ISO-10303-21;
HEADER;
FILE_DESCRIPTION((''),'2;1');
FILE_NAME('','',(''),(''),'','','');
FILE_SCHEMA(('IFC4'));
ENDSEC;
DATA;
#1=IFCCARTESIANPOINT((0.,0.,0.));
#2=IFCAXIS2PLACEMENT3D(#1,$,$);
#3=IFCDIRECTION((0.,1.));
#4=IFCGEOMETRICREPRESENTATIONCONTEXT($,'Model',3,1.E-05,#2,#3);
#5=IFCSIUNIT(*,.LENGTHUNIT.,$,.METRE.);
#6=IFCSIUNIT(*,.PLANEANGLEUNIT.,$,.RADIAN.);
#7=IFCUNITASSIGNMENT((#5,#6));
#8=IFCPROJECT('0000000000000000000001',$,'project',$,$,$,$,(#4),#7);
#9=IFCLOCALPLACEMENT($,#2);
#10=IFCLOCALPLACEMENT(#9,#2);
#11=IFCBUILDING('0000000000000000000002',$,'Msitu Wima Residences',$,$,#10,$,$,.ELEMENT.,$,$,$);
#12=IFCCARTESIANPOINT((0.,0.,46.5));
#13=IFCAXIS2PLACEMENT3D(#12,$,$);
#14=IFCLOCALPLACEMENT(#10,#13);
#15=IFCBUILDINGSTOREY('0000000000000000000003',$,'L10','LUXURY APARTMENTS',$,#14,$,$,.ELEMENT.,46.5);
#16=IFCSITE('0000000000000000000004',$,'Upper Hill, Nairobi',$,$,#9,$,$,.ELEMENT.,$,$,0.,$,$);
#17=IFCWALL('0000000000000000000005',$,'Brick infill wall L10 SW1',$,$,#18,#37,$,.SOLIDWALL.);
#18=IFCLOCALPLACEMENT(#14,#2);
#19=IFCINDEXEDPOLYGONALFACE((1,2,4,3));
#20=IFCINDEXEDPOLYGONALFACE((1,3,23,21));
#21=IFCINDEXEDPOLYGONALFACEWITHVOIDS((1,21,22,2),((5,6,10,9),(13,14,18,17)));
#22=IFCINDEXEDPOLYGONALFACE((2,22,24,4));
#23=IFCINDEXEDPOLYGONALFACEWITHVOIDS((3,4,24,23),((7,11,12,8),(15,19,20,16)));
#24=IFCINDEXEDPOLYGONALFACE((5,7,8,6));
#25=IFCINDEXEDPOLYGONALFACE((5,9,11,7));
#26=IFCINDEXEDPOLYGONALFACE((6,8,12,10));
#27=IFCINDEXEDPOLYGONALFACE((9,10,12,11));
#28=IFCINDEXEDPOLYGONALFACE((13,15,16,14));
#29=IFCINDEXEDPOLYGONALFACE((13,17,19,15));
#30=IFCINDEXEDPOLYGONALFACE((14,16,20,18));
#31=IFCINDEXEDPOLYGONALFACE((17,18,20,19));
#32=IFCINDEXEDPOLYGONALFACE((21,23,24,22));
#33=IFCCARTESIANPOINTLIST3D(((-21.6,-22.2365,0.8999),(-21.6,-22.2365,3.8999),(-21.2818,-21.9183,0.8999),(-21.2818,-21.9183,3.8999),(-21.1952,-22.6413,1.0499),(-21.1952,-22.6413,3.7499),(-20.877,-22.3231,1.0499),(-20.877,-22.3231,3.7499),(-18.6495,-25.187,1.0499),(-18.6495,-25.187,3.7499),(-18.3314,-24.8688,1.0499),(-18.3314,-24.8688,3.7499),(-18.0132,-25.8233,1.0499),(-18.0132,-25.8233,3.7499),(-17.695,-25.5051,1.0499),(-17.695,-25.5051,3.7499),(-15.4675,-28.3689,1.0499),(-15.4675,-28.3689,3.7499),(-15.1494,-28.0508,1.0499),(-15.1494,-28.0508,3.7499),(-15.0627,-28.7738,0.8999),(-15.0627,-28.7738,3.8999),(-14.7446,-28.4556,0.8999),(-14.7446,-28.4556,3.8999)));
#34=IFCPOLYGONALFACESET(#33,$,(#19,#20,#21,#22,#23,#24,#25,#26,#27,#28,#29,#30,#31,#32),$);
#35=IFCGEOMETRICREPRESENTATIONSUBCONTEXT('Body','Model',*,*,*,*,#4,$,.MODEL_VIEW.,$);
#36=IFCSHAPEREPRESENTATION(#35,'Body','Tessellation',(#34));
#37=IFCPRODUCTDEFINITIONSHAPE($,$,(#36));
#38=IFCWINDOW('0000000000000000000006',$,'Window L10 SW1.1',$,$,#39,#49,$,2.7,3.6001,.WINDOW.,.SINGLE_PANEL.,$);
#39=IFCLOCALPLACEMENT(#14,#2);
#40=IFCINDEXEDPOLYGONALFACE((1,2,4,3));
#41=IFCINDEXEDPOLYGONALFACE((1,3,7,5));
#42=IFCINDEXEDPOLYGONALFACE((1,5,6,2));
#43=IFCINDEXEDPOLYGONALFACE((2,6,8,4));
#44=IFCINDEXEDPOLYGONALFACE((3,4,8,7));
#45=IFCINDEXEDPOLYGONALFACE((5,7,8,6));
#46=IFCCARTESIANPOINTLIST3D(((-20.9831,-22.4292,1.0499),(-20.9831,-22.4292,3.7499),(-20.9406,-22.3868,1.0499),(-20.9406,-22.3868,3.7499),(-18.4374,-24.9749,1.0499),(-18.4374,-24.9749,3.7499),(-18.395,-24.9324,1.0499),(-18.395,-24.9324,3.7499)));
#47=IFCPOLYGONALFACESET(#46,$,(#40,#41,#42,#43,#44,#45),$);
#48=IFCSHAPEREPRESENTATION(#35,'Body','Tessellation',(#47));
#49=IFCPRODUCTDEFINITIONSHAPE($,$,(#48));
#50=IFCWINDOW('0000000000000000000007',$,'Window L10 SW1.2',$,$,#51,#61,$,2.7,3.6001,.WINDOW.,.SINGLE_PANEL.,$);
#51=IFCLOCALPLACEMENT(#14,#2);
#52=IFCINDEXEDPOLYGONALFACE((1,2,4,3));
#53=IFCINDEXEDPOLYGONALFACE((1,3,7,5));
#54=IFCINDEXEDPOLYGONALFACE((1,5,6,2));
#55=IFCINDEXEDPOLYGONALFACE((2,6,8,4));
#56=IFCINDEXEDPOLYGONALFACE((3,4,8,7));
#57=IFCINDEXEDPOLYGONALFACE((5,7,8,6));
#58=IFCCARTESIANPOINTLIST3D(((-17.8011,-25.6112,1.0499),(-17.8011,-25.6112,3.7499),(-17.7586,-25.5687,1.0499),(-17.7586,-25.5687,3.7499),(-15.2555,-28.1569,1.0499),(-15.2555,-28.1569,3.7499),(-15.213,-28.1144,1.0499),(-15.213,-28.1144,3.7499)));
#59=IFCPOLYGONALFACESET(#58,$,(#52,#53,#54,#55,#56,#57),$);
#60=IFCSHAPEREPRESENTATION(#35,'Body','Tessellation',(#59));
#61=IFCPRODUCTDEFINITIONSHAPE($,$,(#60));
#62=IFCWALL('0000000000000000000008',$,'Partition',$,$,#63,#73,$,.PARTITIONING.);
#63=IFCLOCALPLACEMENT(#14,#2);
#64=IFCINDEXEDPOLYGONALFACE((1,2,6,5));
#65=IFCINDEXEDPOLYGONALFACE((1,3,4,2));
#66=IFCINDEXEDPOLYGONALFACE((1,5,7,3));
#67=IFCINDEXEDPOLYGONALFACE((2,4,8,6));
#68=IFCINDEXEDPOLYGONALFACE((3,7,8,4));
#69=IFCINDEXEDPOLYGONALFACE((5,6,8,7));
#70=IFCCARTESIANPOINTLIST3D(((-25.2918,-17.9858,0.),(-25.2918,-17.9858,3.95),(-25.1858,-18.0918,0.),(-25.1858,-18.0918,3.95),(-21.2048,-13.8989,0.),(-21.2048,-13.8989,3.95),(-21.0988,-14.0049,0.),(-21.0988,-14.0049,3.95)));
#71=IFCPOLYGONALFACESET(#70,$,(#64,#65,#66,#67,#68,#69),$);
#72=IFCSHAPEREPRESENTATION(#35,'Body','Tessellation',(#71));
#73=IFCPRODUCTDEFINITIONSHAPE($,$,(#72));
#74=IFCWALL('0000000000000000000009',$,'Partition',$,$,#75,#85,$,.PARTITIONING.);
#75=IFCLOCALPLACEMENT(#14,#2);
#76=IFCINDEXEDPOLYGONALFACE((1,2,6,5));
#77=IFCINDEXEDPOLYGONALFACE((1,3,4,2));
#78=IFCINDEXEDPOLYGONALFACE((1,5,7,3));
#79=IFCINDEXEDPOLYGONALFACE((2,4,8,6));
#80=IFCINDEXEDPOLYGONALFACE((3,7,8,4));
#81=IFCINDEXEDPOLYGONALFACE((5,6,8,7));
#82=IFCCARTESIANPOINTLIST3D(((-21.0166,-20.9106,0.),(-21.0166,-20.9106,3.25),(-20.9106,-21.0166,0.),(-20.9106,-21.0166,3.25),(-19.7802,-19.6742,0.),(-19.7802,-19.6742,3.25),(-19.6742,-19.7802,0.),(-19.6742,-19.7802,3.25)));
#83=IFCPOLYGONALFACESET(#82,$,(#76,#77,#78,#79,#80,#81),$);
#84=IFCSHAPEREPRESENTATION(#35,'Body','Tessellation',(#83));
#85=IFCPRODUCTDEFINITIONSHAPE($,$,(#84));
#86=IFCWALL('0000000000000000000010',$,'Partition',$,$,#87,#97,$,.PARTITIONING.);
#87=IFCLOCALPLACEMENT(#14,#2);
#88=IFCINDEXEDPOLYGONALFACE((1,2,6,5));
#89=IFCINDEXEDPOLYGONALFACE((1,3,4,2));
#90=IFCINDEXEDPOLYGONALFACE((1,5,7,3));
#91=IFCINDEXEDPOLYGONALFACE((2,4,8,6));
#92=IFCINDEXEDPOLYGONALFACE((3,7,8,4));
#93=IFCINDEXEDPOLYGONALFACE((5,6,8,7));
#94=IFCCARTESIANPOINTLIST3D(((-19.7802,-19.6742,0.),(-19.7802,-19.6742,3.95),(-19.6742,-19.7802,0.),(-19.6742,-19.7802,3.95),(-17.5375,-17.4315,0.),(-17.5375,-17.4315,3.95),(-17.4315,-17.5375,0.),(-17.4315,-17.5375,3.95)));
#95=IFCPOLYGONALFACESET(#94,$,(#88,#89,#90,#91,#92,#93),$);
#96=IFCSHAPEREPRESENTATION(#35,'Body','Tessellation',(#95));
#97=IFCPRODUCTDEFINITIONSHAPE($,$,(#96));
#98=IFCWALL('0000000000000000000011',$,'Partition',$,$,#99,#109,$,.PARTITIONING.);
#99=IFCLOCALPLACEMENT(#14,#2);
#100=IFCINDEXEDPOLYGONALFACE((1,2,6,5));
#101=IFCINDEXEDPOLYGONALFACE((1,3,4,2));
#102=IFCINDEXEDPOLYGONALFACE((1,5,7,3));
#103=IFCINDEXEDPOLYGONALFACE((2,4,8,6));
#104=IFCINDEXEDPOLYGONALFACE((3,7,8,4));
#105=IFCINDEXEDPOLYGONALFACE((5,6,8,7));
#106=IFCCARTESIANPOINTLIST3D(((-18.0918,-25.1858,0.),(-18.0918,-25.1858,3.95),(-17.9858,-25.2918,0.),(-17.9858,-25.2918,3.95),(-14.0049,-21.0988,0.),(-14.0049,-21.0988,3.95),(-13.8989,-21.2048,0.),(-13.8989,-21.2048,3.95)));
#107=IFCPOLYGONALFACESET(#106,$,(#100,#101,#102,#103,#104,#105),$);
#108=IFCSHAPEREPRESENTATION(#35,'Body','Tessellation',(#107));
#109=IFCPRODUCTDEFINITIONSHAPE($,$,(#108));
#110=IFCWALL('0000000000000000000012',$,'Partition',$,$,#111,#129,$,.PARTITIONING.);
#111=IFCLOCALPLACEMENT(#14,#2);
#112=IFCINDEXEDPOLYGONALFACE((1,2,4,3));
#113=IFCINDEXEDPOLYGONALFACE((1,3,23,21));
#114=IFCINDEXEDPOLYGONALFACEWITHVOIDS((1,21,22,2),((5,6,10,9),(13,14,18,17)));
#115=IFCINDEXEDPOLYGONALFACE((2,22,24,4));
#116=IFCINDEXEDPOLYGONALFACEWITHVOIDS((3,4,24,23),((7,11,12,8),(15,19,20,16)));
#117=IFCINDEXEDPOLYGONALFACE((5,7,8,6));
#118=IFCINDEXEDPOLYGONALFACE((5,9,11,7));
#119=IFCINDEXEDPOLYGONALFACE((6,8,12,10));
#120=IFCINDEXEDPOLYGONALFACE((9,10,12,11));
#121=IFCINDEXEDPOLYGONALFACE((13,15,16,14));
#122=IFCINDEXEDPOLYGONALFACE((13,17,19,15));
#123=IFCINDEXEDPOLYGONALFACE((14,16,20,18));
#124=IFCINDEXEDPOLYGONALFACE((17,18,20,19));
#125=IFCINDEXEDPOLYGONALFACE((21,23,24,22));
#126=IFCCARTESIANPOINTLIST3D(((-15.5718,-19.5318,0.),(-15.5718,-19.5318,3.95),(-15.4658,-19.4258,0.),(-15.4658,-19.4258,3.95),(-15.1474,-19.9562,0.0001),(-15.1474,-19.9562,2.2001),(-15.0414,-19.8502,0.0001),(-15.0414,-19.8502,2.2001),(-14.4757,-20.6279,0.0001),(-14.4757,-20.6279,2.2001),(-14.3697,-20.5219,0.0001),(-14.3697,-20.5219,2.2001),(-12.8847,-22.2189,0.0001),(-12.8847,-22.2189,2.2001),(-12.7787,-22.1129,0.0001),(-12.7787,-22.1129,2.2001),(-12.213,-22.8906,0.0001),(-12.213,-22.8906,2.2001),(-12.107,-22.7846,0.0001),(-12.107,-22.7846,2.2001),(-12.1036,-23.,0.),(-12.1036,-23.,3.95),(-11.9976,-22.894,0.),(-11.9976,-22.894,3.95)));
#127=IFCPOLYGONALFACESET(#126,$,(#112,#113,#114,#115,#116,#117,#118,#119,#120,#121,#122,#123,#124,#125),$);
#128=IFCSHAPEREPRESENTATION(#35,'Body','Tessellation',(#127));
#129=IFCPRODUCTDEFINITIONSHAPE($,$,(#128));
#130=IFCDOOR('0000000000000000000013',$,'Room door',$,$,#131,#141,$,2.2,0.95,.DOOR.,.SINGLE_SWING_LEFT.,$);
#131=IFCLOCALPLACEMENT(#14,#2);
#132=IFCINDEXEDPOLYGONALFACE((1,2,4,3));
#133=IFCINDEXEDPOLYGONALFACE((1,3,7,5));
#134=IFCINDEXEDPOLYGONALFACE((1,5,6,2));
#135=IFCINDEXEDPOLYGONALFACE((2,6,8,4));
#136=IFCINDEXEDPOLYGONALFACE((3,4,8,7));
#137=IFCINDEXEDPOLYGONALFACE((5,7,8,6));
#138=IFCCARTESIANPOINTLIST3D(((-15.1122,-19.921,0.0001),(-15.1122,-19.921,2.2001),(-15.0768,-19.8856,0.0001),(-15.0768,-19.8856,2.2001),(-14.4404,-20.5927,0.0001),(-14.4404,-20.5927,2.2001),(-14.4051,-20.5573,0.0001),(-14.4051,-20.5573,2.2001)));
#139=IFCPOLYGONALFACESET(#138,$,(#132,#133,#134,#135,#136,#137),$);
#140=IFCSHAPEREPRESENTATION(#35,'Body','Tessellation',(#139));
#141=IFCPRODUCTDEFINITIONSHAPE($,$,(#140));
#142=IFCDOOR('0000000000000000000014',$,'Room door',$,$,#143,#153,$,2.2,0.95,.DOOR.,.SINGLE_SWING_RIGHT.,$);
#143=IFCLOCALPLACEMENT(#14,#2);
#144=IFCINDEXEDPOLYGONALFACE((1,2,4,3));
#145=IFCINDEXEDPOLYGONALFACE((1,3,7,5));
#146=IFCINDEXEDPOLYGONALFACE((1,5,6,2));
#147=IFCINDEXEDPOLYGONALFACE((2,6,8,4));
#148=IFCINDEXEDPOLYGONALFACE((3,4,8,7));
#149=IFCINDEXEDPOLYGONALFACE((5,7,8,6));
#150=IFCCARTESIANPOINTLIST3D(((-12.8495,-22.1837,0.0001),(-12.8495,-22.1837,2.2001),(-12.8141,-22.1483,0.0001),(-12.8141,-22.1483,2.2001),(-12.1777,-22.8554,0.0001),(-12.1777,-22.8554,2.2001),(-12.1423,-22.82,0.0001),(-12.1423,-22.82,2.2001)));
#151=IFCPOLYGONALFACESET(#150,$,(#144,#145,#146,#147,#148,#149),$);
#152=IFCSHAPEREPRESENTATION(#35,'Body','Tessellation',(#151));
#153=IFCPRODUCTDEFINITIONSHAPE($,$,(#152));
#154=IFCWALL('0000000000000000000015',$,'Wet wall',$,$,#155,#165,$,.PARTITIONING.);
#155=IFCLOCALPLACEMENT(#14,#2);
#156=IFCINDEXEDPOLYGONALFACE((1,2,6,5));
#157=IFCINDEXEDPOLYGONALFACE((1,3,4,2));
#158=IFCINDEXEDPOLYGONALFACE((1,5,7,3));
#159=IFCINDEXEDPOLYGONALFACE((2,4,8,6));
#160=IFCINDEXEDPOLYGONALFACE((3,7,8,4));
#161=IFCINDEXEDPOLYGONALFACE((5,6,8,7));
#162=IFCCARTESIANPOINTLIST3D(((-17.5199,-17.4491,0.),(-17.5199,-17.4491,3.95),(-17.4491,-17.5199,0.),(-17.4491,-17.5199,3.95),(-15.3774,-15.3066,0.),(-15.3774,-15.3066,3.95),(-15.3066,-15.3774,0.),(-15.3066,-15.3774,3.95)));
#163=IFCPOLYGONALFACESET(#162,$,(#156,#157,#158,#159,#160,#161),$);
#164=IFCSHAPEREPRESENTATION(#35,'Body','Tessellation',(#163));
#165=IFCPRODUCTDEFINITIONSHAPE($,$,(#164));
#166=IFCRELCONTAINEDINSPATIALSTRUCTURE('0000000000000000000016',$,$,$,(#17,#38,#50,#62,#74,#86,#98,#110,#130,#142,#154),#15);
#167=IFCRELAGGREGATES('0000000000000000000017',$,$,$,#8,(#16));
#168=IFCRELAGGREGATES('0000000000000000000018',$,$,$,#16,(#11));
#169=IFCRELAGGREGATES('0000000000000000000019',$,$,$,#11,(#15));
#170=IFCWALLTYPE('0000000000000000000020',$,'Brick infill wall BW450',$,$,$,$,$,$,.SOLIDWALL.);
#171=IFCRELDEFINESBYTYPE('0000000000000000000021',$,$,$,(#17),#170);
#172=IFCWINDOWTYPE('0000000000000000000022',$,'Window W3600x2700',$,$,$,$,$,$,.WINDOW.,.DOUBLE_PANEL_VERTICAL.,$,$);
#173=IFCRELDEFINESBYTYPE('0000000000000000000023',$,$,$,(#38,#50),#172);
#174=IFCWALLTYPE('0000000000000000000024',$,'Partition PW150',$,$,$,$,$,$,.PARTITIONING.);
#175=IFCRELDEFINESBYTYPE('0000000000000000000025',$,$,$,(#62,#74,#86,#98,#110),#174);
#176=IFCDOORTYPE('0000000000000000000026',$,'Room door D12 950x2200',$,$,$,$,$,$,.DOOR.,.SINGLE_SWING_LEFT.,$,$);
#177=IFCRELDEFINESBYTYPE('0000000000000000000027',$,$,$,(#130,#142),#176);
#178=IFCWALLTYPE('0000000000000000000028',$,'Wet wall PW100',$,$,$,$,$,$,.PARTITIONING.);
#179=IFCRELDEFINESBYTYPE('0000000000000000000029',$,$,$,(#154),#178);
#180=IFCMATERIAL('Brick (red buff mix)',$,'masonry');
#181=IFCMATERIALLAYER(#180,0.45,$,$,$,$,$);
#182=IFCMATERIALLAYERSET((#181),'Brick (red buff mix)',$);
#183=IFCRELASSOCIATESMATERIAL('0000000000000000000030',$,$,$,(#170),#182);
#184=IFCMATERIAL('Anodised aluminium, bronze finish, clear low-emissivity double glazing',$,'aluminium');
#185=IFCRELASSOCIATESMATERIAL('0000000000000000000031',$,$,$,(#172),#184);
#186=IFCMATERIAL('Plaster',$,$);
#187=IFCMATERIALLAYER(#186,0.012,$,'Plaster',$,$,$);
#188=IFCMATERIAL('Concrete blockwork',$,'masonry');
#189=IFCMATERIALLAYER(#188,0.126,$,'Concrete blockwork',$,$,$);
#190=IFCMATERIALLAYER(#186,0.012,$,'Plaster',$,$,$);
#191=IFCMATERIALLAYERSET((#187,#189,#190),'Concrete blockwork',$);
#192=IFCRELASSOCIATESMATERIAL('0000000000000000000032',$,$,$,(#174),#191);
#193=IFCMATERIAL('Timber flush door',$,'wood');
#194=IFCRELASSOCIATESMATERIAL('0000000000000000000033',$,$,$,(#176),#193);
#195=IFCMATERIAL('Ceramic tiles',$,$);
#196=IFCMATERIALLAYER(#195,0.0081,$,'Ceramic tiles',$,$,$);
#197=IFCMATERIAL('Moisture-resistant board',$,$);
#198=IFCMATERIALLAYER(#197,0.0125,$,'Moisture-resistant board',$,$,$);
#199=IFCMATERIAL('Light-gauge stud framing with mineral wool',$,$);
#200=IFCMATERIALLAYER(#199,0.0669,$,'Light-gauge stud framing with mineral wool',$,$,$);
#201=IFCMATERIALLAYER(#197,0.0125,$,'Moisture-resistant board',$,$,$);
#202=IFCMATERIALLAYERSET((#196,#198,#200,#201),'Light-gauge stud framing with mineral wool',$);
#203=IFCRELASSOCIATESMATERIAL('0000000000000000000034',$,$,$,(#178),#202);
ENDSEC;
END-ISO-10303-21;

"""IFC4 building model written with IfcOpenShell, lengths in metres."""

from ifc_helpers import new_model, si_unit, direction, frame, frame_2d, origin, place, context, subcontext, project, spatial, rectangle, extrude, material, layer, layer_set, type_object, element, fill, save


model = new_model("IFC4")

# Units and contexts
model_context = context("Model", 3, precision=1e-05, world=origin(), true_north=direction((0.0, 1.0)))
body_context = subcontext(model_context, "Body", "Model", "MODEL_VIEW")
ifc_project = project(units=[si_unit("LENGTHUNIT", "METRE"), si_unit("PLANEANGLEUNIT", "RADIAN")], contexts=[model_context])

# Site, building, storey
site_placement = place(None, origin())
site = spatial("IfcSite", under=ifc_project, at=site_placement, Name="Upper Hill, Nairobi", CompositionType="ELEMENT", RefElevation=0.0)
building_placement = place(site_placement, origin())
building = spatial("IfcBuilding", under=site, at=building_placement, Name="Msitu Wima Residences", CompositionType="ELEMENT")
storey_placement = place(building_placement, frame((0.0, 0.0, 46.5)))
storey = spatial("IfcBuildingStorey", under=building, at=storey_placement, Name="L10", Description="LUXURY APARTMENTS", CompositionType="ELEMENT", Elevation=46.5)

# Shared definitions
ifc_material_1 = material(Name="Brick (red buff mix)", Category="masonry")
ifc_layer_1 = layer(ifc_material_1, 0.45)
ifc_layer_set_1 = layer_set([ifc_layer_1], Name="Brick (red buff mix)")
wall_type_1 = type_object("IfcWallType", Name="Brick infill wall BW450", PredefinedType="SOLIDWALL", material=ifc_layer_set_1)
ifc_material_2 = material(Name="Anodised aluminium, bronze finish, clear low-emissivity double glazing", Category="aluminium")
window_type = type_object("IfcWindowType", Name="Window W3600x2700", PartitioningType="DOUBLE_PANEL_VERTICAL", PredefinedType="WINDOW", material=ifc_material_2)

# Wall, openings, windows
wall_1_placement = place(storey_placement, frame((-21.4409, -22.0774, 0.8999), z_axis=(0.0, 0.0, 1.0), x_axis=(0.707107, -0.707107, 0.0)))
wall_1 = element("IfcWall", 1, at=wall_1_placement, inside=storey, type_object=wall_type_1, Name="Brick infill wall L10 SW1", PredefinedType="SOLIDWALL", context=body_context, shape_type="SweptSolid", body=[
    extrude(rectangle(XDim=9.2451, YDim=0.45, at=frame_2d((4.6226, 0.0))), origin(), (0.0, 0.0, 1.0), 3.0),
])
opening_1_placement = place(wall_1_placement, frame((0.5725, 0.0, 0.1499)))
opening_1 = element("IfcOpeningElement", 2, at=opening_1_placement, cuts=wall_1, PredefinedType="OPENING", context=body_context, shape_type="SweptSolid", body=[
    extrude(rectangle(XDim=3.6001, YDim=2.7, at=frame_2d((1.8, 1.3501))), frame((0.0, 0.2349, 0.0), z_axis=(0.0, -1.0, 0.0), x_axis=(1.0, 0.0, 0.0)), (0.0, 0.0, 1.0), 0.47),
])
opening_2_placement = place(wall_1_placement, frame((5.0725, 0.0, 0.1499)))
opening_2 = element("IfcOpeningElement", 3, at=opening_2_placement, cuts=wall_1, PredefinedType="OPENING", context=body_context, shape_type="SweptSolid", body=[
    extrude(rectangle(XDim=3.6001, YDim=2.7, at=frame_2d((1.8, 1.3501))), frame((0.0, 0.2349, 0.0), z_axis=(0.0, -1.0, 0.0), x_axis=(1.0, 0.0, 0.0)), (0.0, 0.0, 1.0), 0.47),
])
window_1_placement = place(opening_1_placement, origin())
window_1 = element("IfcWindow", 4, at=window_1_placement, inside=storey, type_object=window_type, Name="Window L10 SW1.1", OverallHeight=2.7, OverallWidth=3.6001, PartitioningType="SINGLE_PANEL", PredefinedType="WINDOW", context=body_context, shape_type="SweptSolid", body=[
    extrude(rectangle(XDim=3.6001, YDim=2.7, at=frame_2d((1.8, 1.3501))), frame((0.0, 0.135, 0.0), z_axis=(0.0, -1.0, 0.0), x_axis=(1.0, 0.0, 0.0)), (0.0, 0.0, 1.0), 0.0601),
])
fill(opening_1, window_1)
window_2_placement = place(opening_2_placement, origin())
window_2 = element("IfcWindow", 5, at=window_2_placement, inside=storey, type_object=window_type, Name="Window L10 SW1.2", OverallHeight=2.7, OverallWidth=3.6001, PartitioningType="SINGLE_PANEL", PredefinedType="WINDOW", context=body_context, shape_type="SweptSolid", body=[
    extrude(rectangle(XDim=3.6001, YDim=2.7, at=frame_2d((1.8, 1.3501))), frame((0.0, 0.135, 0.0), z_axis=(0.0, -1.0, 0.0), x_axis=(1.0, 0.0, 0.0)), (0.0, 0.0, 1.0), 0.0601),
])
fill(opening_2, window_2)

# Walls
ifc_material_3 = material(Name="Plaster")
ifc_layer_2 = layer(ifc_material_3, 0.012, Name="Plaster")
ifc_material_4 = material(Name="Concrete blockwork", Category="masonry")
ifc_layer_3 = layer(ifc_material_4, 0.126, Name="Concrete blockwork")
ifc_layer_4 = layer(ifc_material_3, 0.012, Name="Plaster")
ifc_layer_set_2 = layer_set([ifc_layer_2, ifc_layer_3, ifc_layer_4], Name="Concrete blockwork")
wall_type_2 = type_object("IfcWallType", Name="Partition PW150", PredefinedType="PARTITIONING", material=ifc_layer_set_2)
wall_2_placement = place(storey_placement, frame((-25.2388, -18.0388, 0.0), z_axis=(0.0, 0.0, 1.0), x_axis=(0.707107, 0.707107, 0.0)))
element("IfcWall", 6, at=wall_2_placement, inside=storey, type_object=wall_type_2, Name="Partition", PredefinedType="PARTITIONING", context=body_context, shape_type="SweptSolid", body=[
    extrude(rectangle(XDim=5.7798, YDim=0.1499, at=frame_2d((2.8899, 0.0))), origin(), (0.0, 0.0, 1.0), 3.95),
])
wall_3_placement = place(storey_placement, frame((-20.9636, -20.9636, 0.0), z_axis=(0.0, 0.0, 1.0), x_axis=(0.707107, 0.707107, 0.0)))
element("IfcWall", 7, at=wall_3_placement, inside=storey, type_object=wall_type_2, Name="Partition", PredefinedType="PARTITIONING", context=body_context, shape_type="SweptSolid", body=[
    extrude(rectangle(XDim=1.7485, YDim=0.1499, at=frame_2d((0.8743, 0.0))), origin(), (0.0, 0.0, 1.0), 3.25),
])
wall_4_placement = place(storey_placement, frame((-19.7273, -19.7273, 0.0), z_axis=(0.0, 0.0, 1.0), x_axis=(0.707107, 0.707107, 0.0)))
element("IfcWall", 8, at=wall_4_placement, inside=storey, type_object=wall_type_2, Name="Partition", PredefinedType="PARTITIONING", context=body_context, shape_type="SweptSolid", body=[
    extrude(rectangle(XDim=3.1716, YDim=0.1499, at=frame_2d((1.5859, 0.0))), origin(), (0.0, 0.0, 1.0), 3.95),
])
wall_5_placement = place(storey_placement, frame((-18.0388, -25.2388, 0.0), z_axis=(0.0, 0.0, 1.0), x_axis=(0.707107, 0.707107, 0.0)))
element("IfcWall", 9, at=wall_5_placement, inside=storey, type_object=wall_type_2, Name="Partition", PredefinedType="PARTITIONING", context=body_context, shape_type="SweptSolid", body=[
    extrude(rectangle(XDim=5.7798, YDim=0.1499, at=frame_2d((2.8899, 0.0))), origin(), (0.0, 0.0, 1.0), 3.95),
])

# Wall, openings, doors
wall_6_placement = place(storey_placement, frame((-15.5188, -19.4788, 0.0), z_axis=(0.0, 0.0, 1.0), x_axis=(0.707107, -0.707107, 0.0)))
wall_6 = element("IfcWall", 10, at=wall_6_placement, inside=storey, type_object=wall_type_2, Name="Partition", PredefinedType="PARTITIONING", context=body_context, shape_type="SweptSolid", body=[
    extrude(rectangle(XDim=4.9048, YDim=0.1499, at=frame_2d((2.4524, 0.0))), origin(), (0.0, 0.0, 1.0), 3.95),
])
opening_3_placement = place(wall_6_placement, frame((0.6001, 0.0, 0.0)))
opening_3 = element("IfcOpeningElement", 11, at=opening_3_placement, cuts=wall_6, PredefinedType="OPENING", context=body_context, shape_type="SweptSolid", body=[
    extrude(rectangle(XDim=0.95, YDim=2.2, at=frame_2d((0.4751, 1.1001))), frame((0.0, 0.085, 0.0), z_axis=(0.0, -1.0, 0.0), x_axis=(1.0, 0.0, 0.0)), (0.0, 0.0, 1.0), 0.1699),
])
opening_4_placement = place(wall_6_placement, frame((3.8, 0.0, 0.0)))
opening_4 = element("IfcOpeningElement", 12, at=opening_4_placement, cuts=wall_6, PredefinedType="OPENING", context=body_context, shape_type="SweptSolid", body=[
    extrude(rectangle(XDim=0.95, YDim=2.2, at=frame_2d((0.4751, 1.1001))), frame((0.0, 0.085, 0.0), z_axis=(0.0, -1.0, 0.0), x_axis=(1.0, 0.0, 0.0)), (0.0, 0.0, 1.0), 0.1699),
])
ifc_material_5 = material(Name="Timber flush door", Category="wood")
door_type_1 = type_object("IfcDoorType", Name="Room door D12 950x2200", OperationType="SINGLE_SWING_LEFT", PredefinedType="DOOR", material=ifc_material_5)
door_1_placement = place(opening_3_placement, origin())
door_1 = element("IfcDoor", 13, at=door_1_placement, inside=storey, type_object=door_type_1, Name="Room door", OperationType="SINGLE_SWING_LEFT", OverallHeight=2.2, OverallWidth=0.95, PredefinedType="DOOR", context=body_context, shape_type="SweptSolid", body=[
    extrude(rectangle(XDim=0.95, YDim=2.2, at=frame_2d((0.4751, 1.1001))), frame((0.0, 0.0249, 0.0), z_axis=(0.0, -1.0, 0.0), x_axis=(1.0, 0.0, 0.0)), (0.0, 0.0, 1.0), 0.05),
])
fill(opening_3, door_1)
door_2_placement = place(opening_4_placement, origin())
door_2 = element("IfcDoor", 14, at=door_2_placement, inside=storey, type_object=door_type_1, Name="Room door", OperationType="SINGLE_SWING_RIGHT", OverallHeight=2.2, OverallWidth=0.95, PredefinedType="DOOR", context=body_context, shape_type="SweptSolid", body=[
    extrude(rectangle(XDim=0.95, YDim=2.2, at=frame_2d((0.4751, 1.1001))), frame((0.0, 0.0249, 0.0), z_axis=(0.0, -1.0, 0.0), x_axis=(1.0, 0.0, 0.0)), (0.0, 0.0, 1.0), 0.05),
])
fill(opening_4, door_2)

# Wall
ifc_material_6 = material(Name="Ceramic tiles")
ifc_layer_5 = layer(ifc_material_6, 0.0081, Name="Ceramic tiles")
ifc_material_7 = material(Name="Moisture-resistant board")
ifc_layer_6 = layer(ifc_material_7, 0.0125, Name="Moisture-resistant board")
ifc_material_8 = material(Name="Light-gauge stud framing with mineral wool")
ifc_layer_7 = layer(ifc_material_8, 0.0669, Name="Light-gauge stud framing with mineral wool")
ifc_layer_8 = layer(ifc_material_7, 0.0125, Name="Moisture-resistant board")
ifc_layer_set_3 = layer_set([ifc_layer_5, ifc_layer_6, ifc_layer_7, ifc_layer_8], Name="Light-gauge stud framing with mineral wool")
wall_type_3 = type_object("IfcWallType", Name="Wet wall PW100", PredefinedType="PARTITIONING", material=ifc_layer_set_3)
wall_7_placement = place(storey_placement, frame((-17.4846, -17.4846, 0.0), z_axis=(0.0, 0.0, 1.0), x_axis=(0.707107, 0.707107, 0.0)))
element("IfcWall", 15, at=wall_7_placement, inside=storey, type_object=wall_type_3, Name="Wet wall", PredefinedType="PARTITIONING", context=body_context, shape_type="SweptSolid", body=[
    extrude(rectangle(XDim=3.03, YDim=0.1001, at=frame_2d((1.5151, 0.0))), origin(), (0.0, 0.0, 1.0), 3.95),
])

save(model, "model.ifc")
